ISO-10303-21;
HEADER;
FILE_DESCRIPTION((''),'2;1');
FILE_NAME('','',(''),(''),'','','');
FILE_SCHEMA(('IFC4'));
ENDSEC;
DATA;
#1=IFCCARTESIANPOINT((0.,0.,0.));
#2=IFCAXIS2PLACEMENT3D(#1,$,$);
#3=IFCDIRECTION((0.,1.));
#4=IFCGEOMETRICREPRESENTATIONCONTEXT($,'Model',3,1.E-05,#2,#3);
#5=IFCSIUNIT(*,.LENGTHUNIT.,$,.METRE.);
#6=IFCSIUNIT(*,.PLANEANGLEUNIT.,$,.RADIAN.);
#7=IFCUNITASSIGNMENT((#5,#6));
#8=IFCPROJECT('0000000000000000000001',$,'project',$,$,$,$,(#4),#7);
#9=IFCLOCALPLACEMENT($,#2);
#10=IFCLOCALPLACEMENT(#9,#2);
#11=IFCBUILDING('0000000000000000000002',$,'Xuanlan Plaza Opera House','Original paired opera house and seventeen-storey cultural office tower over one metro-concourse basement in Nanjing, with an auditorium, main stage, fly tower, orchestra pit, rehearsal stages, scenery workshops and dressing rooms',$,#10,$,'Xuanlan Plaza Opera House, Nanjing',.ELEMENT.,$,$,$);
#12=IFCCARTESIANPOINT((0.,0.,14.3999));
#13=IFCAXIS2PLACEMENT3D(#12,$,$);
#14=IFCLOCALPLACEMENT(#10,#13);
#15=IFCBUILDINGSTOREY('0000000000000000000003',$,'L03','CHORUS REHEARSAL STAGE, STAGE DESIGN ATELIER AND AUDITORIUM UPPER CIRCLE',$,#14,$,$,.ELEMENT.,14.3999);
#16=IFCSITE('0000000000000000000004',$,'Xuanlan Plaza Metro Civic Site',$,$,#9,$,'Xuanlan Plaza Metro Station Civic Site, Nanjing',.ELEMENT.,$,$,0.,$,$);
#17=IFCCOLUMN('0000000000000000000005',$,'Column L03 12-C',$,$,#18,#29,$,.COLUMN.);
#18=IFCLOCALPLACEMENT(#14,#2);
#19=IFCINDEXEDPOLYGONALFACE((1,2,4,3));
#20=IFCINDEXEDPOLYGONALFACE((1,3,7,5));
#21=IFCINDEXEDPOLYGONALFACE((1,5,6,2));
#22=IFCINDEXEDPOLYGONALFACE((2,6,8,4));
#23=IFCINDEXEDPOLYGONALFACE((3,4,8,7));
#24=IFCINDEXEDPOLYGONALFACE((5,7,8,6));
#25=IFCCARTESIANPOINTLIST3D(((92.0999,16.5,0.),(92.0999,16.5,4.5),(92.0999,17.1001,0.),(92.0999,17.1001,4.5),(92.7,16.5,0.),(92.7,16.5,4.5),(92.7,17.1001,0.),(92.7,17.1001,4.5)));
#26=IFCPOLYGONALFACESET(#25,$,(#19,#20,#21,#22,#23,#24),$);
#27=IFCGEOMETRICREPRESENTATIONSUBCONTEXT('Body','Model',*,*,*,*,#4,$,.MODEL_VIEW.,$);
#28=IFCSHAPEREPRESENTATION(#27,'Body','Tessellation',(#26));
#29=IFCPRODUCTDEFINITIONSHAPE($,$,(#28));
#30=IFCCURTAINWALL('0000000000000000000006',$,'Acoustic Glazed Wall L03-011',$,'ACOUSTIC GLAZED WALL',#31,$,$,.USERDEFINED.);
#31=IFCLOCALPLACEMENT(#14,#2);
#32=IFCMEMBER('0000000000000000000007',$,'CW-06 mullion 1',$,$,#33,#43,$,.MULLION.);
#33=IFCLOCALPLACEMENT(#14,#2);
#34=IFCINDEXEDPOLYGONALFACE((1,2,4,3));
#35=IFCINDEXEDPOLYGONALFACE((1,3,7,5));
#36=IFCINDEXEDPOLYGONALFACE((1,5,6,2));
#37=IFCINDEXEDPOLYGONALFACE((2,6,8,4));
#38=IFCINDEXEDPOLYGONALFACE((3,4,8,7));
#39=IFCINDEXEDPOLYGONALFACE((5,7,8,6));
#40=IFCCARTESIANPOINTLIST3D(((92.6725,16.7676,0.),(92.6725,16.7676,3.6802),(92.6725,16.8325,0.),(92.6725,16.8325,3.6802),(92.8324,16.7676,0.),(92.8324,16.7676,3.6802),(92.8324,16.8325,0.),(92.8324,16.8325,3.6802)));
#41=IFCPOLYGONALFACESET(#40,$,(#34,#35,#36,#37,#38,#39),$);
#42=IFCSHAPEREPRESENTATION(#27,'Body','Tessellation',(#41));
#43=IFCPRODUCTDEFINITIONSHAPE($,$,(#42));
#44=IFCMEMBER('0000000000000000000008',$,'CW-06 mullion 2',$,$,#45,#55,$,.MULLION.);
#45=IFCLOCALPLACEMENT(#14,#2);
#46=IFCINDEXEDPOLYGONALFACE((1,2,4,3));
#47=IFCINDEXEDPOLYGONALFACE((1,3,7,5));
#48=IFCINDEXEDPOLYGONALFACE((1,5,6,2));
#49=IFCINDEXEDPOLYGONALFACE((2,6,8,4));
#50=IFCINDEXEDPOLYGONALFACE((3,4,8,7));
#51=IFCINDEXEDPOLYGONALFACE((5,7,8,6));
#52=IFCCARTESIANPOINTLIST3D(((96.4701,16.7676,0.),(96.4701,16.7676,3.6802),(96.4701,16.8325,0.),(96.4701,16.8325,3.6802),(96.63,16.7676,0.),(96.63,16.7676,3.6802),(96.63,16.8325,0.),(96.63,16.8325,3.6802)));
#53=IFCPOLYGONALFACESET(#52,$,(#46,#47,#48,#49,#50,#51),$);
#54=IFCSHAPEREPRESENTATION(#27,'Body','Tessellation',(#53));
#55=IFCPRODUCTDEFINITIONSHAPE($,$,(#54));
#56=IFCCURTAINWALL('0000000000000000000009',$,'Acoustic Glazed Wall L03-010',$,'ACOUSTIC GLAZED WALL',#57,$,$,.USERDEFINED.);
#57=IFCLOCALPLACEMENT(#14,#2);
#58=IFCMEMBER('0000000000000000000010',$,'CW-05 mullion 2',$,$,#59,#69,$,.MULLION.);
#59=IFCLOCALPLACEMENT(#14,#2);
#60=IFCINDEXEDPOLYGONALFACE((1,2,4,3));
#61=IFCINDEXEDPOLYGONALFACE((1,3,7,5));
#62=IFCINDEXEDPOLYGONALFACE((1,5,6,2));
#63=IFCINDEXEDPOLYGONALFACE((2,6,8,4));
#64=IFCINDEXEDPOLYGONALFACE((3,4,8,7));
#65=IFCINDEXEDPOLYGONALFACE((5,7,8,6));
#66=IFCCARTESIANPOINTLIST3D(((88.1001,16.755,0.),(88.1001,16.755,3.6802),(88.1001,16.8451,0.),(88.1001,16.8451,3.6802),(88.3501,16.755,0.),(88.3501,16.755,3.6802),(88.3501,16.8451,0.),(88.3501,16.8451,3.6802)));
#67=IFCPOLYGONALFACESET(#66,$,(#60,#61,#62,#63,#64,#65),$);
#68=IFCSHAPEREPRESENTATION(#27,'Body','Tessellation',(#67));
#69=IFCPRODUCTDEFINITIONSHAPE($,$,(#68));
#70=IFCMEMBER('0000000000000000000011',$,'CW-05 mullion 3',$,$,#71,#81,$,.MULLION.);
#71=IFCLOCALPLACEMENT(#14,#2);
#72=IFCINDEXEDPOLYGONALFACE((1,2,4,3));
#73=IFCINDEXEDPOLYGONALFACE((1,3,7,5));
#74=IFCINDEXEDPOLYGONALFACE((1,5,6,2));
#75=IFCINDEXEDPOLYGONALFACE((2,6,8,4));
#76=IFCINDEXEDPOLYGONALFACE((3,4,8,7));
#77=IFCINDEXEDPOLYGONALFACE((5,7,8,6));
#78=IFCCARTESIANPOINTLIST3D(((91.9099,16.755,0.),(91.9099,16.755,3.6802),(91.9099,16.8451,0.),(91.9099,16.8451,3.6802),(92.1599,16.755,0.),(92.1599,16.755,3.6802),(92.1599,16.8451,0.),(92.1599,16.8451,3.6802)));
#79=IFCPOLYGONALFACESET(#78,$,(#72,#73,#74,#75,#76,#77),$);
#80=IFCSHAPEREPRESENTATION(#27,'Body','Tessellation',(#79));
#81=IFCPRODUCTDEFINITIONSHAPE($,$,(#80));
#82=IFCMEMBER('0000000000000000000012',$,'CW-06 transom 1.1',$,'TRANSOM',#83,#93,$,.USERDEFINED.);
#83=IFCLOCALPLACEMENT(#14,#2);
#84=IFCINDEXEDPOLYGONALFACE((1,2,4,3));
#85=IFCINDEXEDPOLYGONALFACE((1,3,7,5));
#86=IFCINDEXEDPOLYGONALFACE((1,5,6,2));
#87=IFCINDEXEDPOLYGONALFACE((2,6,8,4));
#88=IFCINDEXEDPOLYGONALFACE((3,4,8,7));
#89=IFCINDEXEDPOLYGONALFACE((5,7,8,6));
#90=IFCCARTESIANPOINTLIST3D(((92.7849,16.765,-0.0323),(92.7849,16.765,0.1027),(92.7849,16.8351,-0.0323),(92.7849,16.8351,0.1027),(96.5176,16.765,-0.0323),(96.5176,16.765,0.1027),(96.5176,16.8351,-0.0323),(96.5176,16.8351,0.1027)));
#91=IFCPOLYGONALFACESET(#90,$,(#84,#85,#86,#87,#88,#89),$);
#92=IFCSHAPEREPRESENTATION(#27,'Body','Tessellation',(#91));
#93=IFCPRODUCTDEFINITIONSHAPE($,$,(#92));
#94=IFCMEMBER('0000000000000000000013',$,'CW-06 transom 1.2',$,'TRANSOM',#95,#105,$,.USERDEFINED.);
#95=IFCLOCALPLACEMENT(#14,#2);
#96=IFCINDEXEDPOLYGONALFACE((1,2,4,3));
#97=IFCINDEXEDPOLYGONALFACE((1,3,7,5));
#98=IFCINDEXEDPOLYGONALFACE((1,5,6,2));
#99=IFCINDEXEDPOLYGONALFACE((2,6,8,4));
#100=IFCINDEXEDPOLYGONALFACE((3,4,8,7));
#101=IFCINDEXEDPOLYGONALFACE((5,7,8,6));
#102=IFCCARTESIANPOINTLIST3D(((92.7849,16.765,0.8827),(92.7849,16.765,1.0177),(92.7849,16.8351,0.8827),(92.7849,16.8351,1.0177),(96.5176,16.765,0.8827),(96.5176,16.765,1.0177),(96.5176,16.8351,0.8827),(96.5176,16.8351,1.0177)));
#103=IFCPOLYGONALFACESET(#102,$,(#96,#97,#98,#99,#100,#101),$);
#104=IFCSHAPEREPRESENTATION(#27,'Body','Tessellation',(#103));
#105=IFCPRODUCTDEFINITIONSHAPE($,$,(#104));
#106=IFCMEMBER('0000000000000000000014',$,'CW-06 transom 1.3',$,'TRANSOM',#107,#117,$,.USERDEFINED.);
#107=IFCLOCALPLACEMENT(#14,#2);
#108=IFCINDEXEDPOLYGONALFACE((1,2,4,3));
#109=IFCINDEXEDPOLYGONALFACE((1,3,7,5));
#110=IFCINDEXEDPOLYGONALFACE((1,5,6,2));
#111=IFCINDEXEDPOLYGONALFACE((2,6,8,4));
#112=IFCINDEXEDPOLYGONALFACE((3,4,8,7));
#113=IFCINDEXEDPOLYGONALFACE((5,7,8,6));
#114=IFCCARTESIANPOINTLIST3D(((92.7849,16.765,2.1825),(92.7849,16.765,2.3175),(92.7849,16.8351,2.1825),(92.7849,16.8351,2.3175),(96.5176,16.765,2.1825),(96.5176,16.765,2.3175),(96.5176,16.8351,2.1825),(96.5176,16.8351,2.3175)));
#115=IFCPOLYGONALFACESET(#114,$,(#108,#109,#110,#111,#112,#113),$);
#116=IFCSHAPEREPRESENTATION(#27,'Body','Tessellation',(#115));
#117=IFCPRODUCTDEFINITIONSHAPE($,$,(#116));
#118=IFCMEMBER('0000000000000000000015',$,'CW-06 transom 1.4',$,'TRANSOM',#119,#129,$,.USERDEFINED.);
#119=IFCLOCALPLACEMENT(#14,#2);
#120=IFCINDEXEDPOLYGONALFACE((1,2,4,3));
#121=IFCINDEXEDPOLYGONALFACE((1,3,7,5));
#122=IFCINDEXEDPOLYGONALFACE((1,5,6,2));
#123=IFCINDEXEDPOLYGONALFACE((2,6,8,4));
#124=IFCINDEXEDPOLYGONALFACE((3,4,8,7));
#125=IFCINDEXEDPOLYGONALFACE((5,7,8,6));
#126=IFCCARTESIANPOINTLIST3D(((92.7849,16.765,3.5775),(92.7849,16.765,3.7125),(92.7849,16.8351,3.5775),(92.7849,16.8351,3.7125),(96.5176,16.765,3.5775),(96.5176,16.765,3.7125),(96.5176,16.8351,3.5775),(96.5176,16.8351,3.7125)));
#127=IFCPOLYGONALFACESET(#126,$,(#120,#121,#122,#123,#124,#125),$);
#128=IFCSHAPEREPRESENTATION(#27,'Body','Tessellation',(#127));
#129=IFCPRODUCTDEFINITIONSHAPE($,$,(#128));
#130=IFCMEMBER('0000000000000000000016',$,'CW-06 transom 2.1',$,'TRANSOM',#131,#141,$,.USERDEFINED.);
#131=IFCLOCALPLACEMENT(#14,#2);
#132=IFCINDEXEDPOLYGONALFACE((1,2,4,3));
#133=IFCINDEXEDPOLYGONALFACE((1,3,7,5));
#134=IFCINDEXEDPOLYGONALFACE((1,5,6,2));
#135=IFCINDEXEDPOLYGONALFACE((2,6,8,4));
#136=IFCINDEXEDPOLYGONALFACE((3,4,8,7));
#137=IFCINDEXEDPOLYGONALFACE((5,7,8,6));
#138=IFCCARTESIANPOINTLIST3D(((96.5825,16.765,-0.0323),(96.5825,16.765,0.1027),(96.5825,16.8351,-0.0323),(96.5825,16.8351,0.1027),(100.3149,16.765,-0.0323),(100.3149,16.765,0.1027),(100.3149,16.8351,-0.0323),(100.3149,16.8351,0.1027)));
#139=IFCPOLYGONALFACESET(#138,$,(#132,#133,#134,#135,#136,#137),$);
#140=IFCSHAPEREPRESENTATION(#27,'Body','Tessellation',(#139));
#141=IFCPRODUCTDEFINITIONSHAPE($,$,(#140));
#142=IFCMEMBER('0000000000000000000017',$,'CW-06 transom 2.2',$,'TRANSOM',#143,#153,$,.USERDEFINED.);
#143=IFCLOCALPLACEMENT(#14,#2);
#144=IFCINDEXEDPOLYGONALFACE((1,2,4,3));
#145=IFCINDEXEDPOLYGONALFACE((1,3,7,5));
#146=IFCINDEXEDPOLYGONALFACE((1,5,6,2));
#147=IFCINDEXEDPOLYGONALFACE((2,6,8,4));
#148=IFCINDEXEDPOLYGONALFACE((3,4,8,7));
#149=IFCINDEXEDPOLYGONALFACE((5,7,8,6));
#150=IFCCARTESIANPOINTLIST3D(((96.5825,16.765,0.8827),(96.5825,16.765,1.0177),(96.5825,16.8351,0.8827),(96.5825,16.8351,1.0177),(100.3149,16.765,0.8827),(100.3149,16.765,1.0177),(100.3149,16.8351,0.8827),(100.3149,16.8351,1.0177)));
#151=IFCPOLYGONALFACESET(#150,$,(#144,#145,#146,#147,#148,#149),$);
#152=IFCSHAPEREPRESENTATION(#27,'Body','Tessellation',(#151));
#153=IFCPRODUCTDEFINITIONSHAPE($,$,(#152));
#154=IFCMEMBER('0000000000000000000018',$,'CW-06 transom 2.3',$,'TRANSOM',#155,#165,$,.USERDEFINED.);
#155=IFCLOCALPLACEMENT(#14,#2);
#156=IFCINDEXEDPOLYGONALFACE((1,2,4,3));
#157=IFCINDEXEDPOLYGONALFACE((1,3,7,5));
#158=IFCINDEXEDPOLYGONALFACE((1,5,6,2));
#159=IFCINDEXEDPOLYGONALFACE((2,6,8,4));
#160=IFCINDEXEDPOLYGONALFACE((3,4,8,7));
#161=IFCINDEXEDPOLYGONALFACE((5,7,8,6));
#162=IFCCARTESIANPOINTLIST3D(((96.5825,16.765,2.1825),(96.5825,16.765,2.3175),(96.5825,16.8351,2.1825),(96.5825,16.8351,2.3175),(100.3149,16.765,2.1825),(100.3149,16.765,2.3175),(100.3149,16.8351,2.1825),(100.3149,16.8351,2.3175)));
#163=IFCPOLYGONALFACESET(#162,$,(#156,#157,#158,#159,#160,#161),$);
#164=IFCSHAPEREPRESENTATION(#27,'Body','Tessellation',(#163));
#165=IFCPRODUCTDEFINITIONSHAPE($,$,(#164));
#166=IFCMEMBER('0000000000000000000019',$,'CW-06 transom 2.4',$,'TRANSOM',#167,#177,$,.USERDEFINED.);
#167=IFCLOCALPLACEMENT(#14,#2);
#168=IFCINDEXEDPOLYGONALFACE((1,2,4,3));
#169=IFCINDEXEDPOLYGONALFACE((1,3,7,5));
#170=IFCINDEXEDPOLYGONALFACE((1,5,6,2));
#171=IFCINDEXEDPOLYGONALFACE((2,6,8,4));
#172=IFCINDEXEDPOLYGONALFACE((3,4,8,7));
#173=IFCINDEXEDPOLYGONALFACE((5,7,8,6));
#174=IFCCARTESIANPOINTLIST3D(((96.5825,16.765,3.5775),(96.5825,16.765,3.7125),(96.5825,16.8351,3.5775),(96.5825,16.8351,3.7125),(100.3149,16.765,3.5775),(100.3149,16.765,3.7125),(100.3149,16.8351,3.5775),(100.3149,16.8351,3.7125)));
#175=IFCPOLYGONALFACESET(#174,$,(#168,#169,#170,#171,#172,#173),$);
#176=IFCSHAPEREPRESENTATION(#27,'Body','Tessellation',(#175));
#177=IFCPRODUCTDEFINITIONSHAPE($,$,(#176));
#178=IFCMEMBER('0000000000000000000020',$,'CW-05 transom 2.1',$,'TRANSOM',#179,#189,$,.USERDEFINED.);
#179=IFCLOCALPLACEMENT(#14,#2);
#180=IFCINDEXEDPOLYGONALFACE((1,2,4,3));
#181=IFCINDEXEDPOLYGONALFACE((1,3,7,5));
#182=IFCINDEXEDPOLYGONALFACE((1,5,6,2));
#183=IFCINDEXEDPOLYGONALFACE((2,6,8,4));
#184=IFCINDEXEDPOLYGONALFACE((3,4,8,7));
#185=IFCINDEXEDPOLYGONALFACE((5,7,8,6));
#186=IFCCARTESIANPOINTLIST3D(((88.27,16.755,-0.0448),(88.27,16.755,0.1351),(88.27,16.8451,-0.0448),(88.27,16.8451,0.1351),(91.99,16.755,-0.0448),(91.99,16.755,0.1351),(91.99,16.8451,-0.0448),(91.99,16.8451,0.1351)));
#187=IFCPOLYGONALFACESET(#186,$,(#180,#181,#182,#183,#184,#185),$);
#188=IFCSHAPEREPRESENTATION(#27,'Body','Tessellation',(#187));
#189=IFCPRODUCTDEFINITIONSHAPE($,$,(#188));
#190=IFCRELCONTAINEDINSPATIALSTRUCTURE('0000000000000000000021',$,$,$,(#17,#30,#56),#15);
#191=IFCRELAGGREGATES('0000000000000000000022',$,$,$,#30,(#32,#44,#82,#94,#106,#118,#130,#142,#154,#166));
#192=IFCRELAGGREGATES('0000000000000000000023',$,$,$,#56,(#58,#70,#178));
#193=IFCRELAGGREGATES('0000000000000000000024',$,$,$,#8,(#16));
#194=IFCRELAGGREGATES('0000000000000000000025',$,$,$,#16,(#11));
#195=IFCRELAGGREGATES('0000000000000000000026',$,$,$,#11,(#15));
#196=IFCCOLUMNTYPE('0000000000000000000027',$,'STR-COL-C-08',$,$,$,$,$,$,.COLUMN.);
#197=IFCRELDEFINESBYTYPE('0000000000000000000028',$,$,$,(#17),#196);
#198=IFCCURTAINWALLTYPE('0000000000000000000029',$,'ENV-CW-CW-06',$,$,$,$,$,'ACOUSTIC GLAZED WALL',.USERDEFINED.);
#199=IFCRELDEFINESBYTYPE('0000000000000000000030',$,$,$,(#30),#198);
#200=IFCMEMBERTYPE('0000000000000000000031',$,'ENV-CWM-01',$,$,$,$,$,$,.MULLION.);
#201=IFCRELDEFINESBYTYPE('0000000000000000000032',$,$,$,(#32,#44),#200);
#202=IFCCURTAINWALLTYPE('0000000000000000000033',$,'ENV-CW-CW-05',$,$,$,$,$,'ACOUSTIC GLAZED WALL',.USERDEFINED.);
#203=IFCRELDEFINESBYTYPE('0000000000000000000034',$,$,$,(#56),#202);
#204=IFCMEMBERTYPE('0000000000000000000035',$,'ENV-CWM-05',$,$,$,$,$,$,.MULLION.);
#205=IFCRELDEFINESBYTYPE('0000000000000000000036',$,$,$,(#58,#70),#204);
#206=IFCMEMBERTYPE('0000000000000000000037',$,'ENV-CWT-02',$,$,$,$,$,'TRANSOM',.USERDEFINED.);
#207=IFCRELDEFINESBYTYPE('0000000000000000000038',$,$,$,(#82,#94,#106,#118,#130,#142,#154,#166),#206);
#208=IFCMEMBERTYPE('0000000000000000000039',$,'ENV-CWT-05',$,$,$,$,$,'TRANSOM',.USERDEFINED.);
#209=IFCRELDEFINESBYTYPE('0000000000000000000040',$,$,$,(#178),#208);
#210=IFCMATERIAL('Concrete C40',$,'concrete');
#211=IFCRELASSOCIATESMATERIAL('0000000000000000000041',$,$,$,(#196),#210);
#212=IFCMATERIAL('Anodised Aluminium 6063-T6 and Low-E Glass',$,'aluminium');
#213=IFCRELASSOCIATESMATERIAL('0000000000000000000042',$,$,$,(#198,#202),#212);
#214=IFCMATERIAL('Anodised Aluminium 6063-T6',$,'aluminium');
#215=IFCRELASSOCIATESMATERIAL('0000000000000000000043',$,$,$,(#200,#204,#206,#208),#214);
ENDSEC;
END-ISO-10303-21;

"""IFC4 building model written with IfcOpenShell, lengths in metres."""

from ifc_helpers import new_model, si_unit, direction, frame, origin, origin_2d, place, context, subcontext, project, spatial, rectangle, extrude, material, material_profile, profile_set, type_object, element, aggregate, save


model = new_model("IFC4")

# Units and contexts
model_context = context("Model", 3, precision=1e-05, world=origin(), true_north=direction((0.0, 1.0)))
body_context = subcontext(model_context, "Body", "Model", "MODEL_VIEW")
ifc_project = project(units=[si_unit("LENGTHUNIT", "METRE"), si_unit("PLANEANGLEUNIT", "RADIAN")], contexts=[model_context])

# Site, building, storey
site_placement = place(None, origin())
site = spatial("IfcSite", under=ifc_project, at=site_placement, Name="Xuanlan Plaza Metro Civic Site", LongName="Xuanlan Plaza Metro Station Civic Site, Nanjing", CompositionType="ELEMENT", RefElevation=0.0)
building_placement = place(site_placement, origin())
building = spatial("IfcBuilding", under=site, at=building_placement, Name="Xuanlan Plaza Opera House", Description="Original paired opera house and seventeen-storey cultural office tower over one metro-concourse basement in Nanjing, with an auditorium, main stage, fly tower, orchestra pit, rehearsal stages, scenery workshops and dressing rooms", LongName="Xuanlan Plaza Opera House, Nanjing", CompositionType="ELEMENT")
storey_placement = place(building_placement, frame((0.0, 0.0, 14.3999)))
storey = spatial("IfcBuildingStorey", under=building, at=storey_placement, Name="L03", Description="CHORUS REHEARSAL STAGE, STAGE DESIGN ATELIER AND AUDITORIUM UPPER CIRCLE", CompositionType="ELEMENT", Elevation=14.3999)

# Column
ifc_material_1 = material(Name="Concrete C40", Category="concrete")
ifc_material_profile_1 = material_profile(ifc_material_1, rectangle(XDim=0.6001, YDim=0.6001, at=origin_2d()), Name="RC-COL 600x600")
ifc_profile_set_1 = profile_set([ifc_material_profile_1], Name="Concrete C40")
column_type = type_object("IfcColumnType", Name="STR-COL-C-08", PredefinedType="COLUMN", material=ifc_profile_set_1)
column_placement = place(storey_placement, frame((92.3999, 16.8, 0.0), z_axis=(0.0, 0.0, 1.0), x_axis=(1.0, 0.0, 0.0)))
element("IfcColumn", 1, at=column_placement, inside=storey, type_object=column_type, Name="Column L03 12-C", PredefinedType="COLUMN", context=body_context, shape_type="SweptSolid", body=[
    extrude(rectangle(XDim=0.6001, YDim=0.6001, at=origin_2d()), origin(), (0.0, 0.0, 1.0), 4.5),
])

# Curtain walls, members
ifc_material_2 = material(Name="Anodised Aluminium 6063-T6 and Low-E Glass", Category="aluminium")
curtain_wall_type_1 = type_object("IfcCurtainWallType", Name="ENV-CW-CW-06", ElementType="ACOUSTIC GLAZED WALL", PredefinedType="USERDEFINED", material=ifc_material_2)
curtain_wall_1_placement = place(storey_placement, origin())
curtain_wall_1 = element("IfcCurtainWall", 2, at=curtain_wall_1_placement, inside=storey, type_object=curtain_wall_type_1, Name="Acoustic Glazed Wall L03-011", ObjectType="ACOUSTIC GLAZED WALL", PredefinedType="USERDEFINED")
ifc_material_3 = material(Name="Anodised Aluminium 6063-T6", Category="aluminium")
ifc_material_profile_2 = material_profile(ifc_material_3, rectangle(XDim=0.0649, YDim=0.1599, at=origin_2d()), Name="ALU-M 65x160")
ifc_profile_set_2 = profile_set([ifc_material_profile_2], Name="Anodised Aluminium 6063-T6")
member_type_1 = type_object("IfcMemberType", Name="ENV-CWM-01", PredefinedType="MULLION", material=ifc_profile_set_2)
member_1_placement = place(storey_placement, frame((92.7524, 16.8, 0.0), z_axis=(0.0, 0.0, 1.0), x_axis=(0.0, 1.0, 0.0)))
member_1 = element("IfcMember", 3, at=member_1_placement, type_object=member_type_1, Name="CW-06 mullion 1", PredefinedType="MULLION", context=body_context, shape_type="SweptSolid", body=[
    extrude(rectangle(XDim=0.0649, YDim=0.1599, at=origin_2d()), origin(), (0.0, 0.0, 1.0), 3.6802),
])
member_2_placement = place(storey_placement, frame((96.55, 16.8, 0.0), z_axis=(0.0, 0.0, 1.0), x_axis=(0.0, 1.0, 0.0)))
member_2 = element("IfcMember", 4, at=member_2_placement, type_object=member_type_1, Name="CW-06 mullion 2", PredefinedType="MULLION", context=body_context, shape_type="SweptSolid", body=[
    extrude(rectangle(XDim=0.0649, YDim=0.1599, at=origin_2d()), origin(), (0.0, 0.0, 1.0), 3.6802),
])
curtain_wall_type_2 = type_object("IfcCurtainWallType", Name="ENV-CW-CW-05", ElementType="ACOUSTIC GLAZED WALL", PredefinedType="USERDEFINED", material=ifc_material_2)
curtain_wall_2_placement = place(storey_placement, origin())
curtain_wall_2 = element("IfcCurtainWall", 5, at=curtain_wall_2_placement, inside=storey, type_object=curtain_wall_type_2, Name="Acoustic Glazed Wall L03-010", ObjectType="ACOUSTIC GLAZED WALL", PredefinedType="USERDEFINED")
ifc_material_profile_3 = material_profile(ifc_material_3, rectangle(XDim=0.0901, YDim=0.25, at=origin_2d()), Name="ALU-M 90x250")
ifc_profile_set_3 = profile_set([ifc_material_profile_3], Name="Anodised Aluminium 6063-T6")
member_type_2 = type_object("IfcMemberType", Name="ENV-CWM-05", PredefinedType="MULLION", material=ifc_profile_set_3)
member_3_placement = place(storey_placement, frame((88.2251, 16.8, 0.0), z_axis=(0.0, 0.0, 1.0), x_axis=(0.0, 1.0, 0.0)))
member_3 = element("IfcMember", 6, at=member_3_placement, type_object=member_type_2, Name="CW-05 mullion 2", PredefinedType="MULLION", context=body_context, shape_type="SweptSolid", body=[
    extrude(rectangle(XDim=0.0901, YDim=0.25, at=origin_2d()), origin(), (0.0, 0.0, 1.0), 3.6802),
])
member_4_placement = place(storey_placement, frame((92.0349, 16.8, 0.0), z_axis=(0.0, 0.0, 1.0), x_axis=(0.0, 1.0, 0.0)))
member_4 = element("IfcMember", 7, at=member_4_placement, type_object=member_type_2, Name="CW-05 mullion 3", PredefinedType="MULLION", context=body_context, shape_type="SweptSolid", body=[
    extrude(rectangle(XDim=0.0901, YDim=0.25, at=origin_2d()), origin(), (0.0, 0.0, 1.0), 3.6802),
])

# Members
ifc_material_profile_4 = material_profile(ifc_material_3, rectangle(XDim=0.0701, YDim=0.135, at=origin_2d()), Name="ALU-T 70x135")
ifc_profile_set_4 = profile_set([ifc_material_profile_4], Name="Anodised Aluminium 6063-T6")
member_type_3 = type_object("IfcMemberType", Name="ENV-CWT-02", ElementType="TRANSOM", PredefinedType="USERDEFINED", material=ifc_profile_set_4)
member_5_placement = place(storey_placement, frame((92.7849, 16.8, 0.0352), z_axis=(1.0, 0.0, 0.0), x_axis=(0.0, 1.0, 0.0)))
member_5 = element("IfcMember", 8, at=member_5_placement, type_object=member_type_3, Name="CW-06 transom 1.1", ObjectType="TRANSOM", PredefinedType="USERDEFINED", context=body_context, shape_type="SweptSolid", body=[
    extrude(rectangle(XDim=0.0701, YDim=0.135, at=origin_2d()), origin(), (0.0, 0.0, 1.0), 3.7327),
])
member_6_placement = place(storey_placement, frame((92.7849, 16.8, 0.9502), z_axis=(1.0, 0.0, 0.0), x_axis=(0.0, 1.0, 0.0)))
member_6 = element("IfcMember", 9, at=member_6_placement, type_object=member_type_3, Name="CW-06 transom 1.2", ObjectType="TRANSOM", PredefinedType="USERDEFINED", context=body_context, shape_type="SweptSolid", body=[
    extrude(rectangle(XDim=0.0701, YDim=0.135, at=origin_2d()), origin(), (0.0, 0.0, 1.0), 3.7327),
])
member_7_placement = place(storey_placement, frame((92.7849, 16.8, 2.25), z_axis=(1.0, 0.0, 0.0), x_axis=(0.0, 1.0, 0.0)))
member_7 = element("IfcMember", 10, at=member_7_placement, type_object=member_type_3, Name="CW-06 transom 1.3", ObjectType="TRANSOM", PredefinedType="USERDEFINED", context=body_context, shape_type="SweptSolid", body=[
    extrude(rectangle(XDim=0.0701, YDim=0.135, at=origin_2d()), origin(), (0.0, 0.0, 1.0), 3.7327),
])
member_8_placement = place(storey_placement, frame((92.7849, 16.8, 3.645), z_axis=(1.0, 0.0, 0.0), x_axis=(0.0, 1.0, 0.0)))
member_8 = element("IfcMember", 11, at=member_8_placement, type_object=member_type_3, Name="CW-06 transom 1.4", ObjectType="TRANSOM", PredefinedType="USERDEFINED", context=body_context, shape_type="SweptSolid", body=[
    extrude(rectangle(XDim=0.0701, YDim=0.135, at=origin_2d()), origin(), (0.0, 0.0, 1.0), 3.7327),
])
member_9_placement = place(storey_placement, frame((96.5825, 16.8, 0.0352), z_axis=(1.0, 0.0, 0.0), x_axis=(0.0, 1.0, 0.0)))
member_9 = element("IfcMember", 12, at=member_9_placement, type_object=member_type_3, Name="CW-06 transom 2.1", ObjectType="TRANSOM", PredefinedType="USERDEFINED", context=body_context, shape_type="SweptSolid", body=[
    extrude(rectangle(XDim=0.0701, YDim=0.135, at=origin_2d()), origin(), (0.0, 0.0, 1.0), 3.7324),
])
member_10_placement = place(storey_placement, frame((96.5825, 16.8, 0.9502), z_axis=(1.0, 0.0, 0.0), x_axis=(0.0, 1.0, 0.0)))
member_10 = element("IfcMember", 13, at=member_10_placement, type_object=member_type_3, Name="CW-06 transom 2.2", ObjectType="TRANSOM", PredefinedType="USERDEFINED", context=body_context, shape_type="SweptSolid", body=[
    extrude(rectangle(XDim=0.0701, YDim=0.135, at=origin_2d()), origin(), (0.0, 0.0, 1.0), 3.7324),
])
member_11_placement = place(storey_placement, frame((96.5825, 16.8, 2.25), z_axis=(1.0, 0.0, 0.0), x_axis=(0.0, 1.0, 0.0)))
member_11 = element("IfcMember", 14, at=member_11_placement, type_object=member_type_3, Name="CW-06 transom 2.3", ObjectType="TRANSOM", PredefinedType="USERDEFINED", context=body_context, shape_type="SweptSolid", body=[
    extrude(rectangle(XDim=0.0701, YDim=0.135, at=origin_2d()), origin(), (0.0, 0.0, 1.0), 3.7324),
])
member_12_placement = place(storey_placement, frame((96.5825, 16.8, 3.645), z_axis=(1.0, 0.0, 0.0), x_axis=(0.0, 1.0, 0.0)))
member_12 = element("IfcMember", 15, at=member_12_placement, type_object=member_type_3, Name="CW-06 transom 2.4", ObjectType="TRANSOM", PredefinedType="USERDEFINED", context=body_context, shape_type="SweptSolid", body=[
    extrude(rectangle(XDim=0.0701, YDim=0.135, at=origin_2d()), origin(), (0.0, 0.0, 1.0), 3.7324),
])
ifc_material_profile_5 = material_profile(ifc_material_3, rectangle(XDim=0.0901, YDim=0.1799, at=origin_2d()), Name="ALU-T 90x180")
ifc_profile_set_5 = profile_set([ifc_material_profile_5], Name="Anodised Aluminium 6063-T6")
member_type_4 = type_object("IfcMemberType", Name="ENV-CWT-05", ElementType="TRANSOM", PredefinedType="USERDEFINED", material=ifc_profile_set_5)
member_13_placement = place(storey_placement, frame((88.27, 16.8, 0.0452), z_axis=(1.0, 0.0, 0.0), x_axis=(0.0, 1.0, 0.0)))
member_13 = element("IfcMember", 16, at=member_13_placement, type_object=member_type_4, Name="CW-05 transom 2.1", ObjectType="TRANSOM", PredefinedType="USERDEFINED", context=body_context, shape_type="SweptSolid", body=[
    extrude(rectangle(XDim=0.0901, YDim=0.1799, at=origin_2d()), origin(), (0.0, 0.0, 1.0), 3.72),
])

aggregate(curtain_wall_1, [member_1, member_2, member_5, member_6, member_7, member_8, member_9, member_10, member_11, member_12])
aggregate(curtain_wall_2, [member_3, member_4, member_13])

save(model, "model.ifc")
